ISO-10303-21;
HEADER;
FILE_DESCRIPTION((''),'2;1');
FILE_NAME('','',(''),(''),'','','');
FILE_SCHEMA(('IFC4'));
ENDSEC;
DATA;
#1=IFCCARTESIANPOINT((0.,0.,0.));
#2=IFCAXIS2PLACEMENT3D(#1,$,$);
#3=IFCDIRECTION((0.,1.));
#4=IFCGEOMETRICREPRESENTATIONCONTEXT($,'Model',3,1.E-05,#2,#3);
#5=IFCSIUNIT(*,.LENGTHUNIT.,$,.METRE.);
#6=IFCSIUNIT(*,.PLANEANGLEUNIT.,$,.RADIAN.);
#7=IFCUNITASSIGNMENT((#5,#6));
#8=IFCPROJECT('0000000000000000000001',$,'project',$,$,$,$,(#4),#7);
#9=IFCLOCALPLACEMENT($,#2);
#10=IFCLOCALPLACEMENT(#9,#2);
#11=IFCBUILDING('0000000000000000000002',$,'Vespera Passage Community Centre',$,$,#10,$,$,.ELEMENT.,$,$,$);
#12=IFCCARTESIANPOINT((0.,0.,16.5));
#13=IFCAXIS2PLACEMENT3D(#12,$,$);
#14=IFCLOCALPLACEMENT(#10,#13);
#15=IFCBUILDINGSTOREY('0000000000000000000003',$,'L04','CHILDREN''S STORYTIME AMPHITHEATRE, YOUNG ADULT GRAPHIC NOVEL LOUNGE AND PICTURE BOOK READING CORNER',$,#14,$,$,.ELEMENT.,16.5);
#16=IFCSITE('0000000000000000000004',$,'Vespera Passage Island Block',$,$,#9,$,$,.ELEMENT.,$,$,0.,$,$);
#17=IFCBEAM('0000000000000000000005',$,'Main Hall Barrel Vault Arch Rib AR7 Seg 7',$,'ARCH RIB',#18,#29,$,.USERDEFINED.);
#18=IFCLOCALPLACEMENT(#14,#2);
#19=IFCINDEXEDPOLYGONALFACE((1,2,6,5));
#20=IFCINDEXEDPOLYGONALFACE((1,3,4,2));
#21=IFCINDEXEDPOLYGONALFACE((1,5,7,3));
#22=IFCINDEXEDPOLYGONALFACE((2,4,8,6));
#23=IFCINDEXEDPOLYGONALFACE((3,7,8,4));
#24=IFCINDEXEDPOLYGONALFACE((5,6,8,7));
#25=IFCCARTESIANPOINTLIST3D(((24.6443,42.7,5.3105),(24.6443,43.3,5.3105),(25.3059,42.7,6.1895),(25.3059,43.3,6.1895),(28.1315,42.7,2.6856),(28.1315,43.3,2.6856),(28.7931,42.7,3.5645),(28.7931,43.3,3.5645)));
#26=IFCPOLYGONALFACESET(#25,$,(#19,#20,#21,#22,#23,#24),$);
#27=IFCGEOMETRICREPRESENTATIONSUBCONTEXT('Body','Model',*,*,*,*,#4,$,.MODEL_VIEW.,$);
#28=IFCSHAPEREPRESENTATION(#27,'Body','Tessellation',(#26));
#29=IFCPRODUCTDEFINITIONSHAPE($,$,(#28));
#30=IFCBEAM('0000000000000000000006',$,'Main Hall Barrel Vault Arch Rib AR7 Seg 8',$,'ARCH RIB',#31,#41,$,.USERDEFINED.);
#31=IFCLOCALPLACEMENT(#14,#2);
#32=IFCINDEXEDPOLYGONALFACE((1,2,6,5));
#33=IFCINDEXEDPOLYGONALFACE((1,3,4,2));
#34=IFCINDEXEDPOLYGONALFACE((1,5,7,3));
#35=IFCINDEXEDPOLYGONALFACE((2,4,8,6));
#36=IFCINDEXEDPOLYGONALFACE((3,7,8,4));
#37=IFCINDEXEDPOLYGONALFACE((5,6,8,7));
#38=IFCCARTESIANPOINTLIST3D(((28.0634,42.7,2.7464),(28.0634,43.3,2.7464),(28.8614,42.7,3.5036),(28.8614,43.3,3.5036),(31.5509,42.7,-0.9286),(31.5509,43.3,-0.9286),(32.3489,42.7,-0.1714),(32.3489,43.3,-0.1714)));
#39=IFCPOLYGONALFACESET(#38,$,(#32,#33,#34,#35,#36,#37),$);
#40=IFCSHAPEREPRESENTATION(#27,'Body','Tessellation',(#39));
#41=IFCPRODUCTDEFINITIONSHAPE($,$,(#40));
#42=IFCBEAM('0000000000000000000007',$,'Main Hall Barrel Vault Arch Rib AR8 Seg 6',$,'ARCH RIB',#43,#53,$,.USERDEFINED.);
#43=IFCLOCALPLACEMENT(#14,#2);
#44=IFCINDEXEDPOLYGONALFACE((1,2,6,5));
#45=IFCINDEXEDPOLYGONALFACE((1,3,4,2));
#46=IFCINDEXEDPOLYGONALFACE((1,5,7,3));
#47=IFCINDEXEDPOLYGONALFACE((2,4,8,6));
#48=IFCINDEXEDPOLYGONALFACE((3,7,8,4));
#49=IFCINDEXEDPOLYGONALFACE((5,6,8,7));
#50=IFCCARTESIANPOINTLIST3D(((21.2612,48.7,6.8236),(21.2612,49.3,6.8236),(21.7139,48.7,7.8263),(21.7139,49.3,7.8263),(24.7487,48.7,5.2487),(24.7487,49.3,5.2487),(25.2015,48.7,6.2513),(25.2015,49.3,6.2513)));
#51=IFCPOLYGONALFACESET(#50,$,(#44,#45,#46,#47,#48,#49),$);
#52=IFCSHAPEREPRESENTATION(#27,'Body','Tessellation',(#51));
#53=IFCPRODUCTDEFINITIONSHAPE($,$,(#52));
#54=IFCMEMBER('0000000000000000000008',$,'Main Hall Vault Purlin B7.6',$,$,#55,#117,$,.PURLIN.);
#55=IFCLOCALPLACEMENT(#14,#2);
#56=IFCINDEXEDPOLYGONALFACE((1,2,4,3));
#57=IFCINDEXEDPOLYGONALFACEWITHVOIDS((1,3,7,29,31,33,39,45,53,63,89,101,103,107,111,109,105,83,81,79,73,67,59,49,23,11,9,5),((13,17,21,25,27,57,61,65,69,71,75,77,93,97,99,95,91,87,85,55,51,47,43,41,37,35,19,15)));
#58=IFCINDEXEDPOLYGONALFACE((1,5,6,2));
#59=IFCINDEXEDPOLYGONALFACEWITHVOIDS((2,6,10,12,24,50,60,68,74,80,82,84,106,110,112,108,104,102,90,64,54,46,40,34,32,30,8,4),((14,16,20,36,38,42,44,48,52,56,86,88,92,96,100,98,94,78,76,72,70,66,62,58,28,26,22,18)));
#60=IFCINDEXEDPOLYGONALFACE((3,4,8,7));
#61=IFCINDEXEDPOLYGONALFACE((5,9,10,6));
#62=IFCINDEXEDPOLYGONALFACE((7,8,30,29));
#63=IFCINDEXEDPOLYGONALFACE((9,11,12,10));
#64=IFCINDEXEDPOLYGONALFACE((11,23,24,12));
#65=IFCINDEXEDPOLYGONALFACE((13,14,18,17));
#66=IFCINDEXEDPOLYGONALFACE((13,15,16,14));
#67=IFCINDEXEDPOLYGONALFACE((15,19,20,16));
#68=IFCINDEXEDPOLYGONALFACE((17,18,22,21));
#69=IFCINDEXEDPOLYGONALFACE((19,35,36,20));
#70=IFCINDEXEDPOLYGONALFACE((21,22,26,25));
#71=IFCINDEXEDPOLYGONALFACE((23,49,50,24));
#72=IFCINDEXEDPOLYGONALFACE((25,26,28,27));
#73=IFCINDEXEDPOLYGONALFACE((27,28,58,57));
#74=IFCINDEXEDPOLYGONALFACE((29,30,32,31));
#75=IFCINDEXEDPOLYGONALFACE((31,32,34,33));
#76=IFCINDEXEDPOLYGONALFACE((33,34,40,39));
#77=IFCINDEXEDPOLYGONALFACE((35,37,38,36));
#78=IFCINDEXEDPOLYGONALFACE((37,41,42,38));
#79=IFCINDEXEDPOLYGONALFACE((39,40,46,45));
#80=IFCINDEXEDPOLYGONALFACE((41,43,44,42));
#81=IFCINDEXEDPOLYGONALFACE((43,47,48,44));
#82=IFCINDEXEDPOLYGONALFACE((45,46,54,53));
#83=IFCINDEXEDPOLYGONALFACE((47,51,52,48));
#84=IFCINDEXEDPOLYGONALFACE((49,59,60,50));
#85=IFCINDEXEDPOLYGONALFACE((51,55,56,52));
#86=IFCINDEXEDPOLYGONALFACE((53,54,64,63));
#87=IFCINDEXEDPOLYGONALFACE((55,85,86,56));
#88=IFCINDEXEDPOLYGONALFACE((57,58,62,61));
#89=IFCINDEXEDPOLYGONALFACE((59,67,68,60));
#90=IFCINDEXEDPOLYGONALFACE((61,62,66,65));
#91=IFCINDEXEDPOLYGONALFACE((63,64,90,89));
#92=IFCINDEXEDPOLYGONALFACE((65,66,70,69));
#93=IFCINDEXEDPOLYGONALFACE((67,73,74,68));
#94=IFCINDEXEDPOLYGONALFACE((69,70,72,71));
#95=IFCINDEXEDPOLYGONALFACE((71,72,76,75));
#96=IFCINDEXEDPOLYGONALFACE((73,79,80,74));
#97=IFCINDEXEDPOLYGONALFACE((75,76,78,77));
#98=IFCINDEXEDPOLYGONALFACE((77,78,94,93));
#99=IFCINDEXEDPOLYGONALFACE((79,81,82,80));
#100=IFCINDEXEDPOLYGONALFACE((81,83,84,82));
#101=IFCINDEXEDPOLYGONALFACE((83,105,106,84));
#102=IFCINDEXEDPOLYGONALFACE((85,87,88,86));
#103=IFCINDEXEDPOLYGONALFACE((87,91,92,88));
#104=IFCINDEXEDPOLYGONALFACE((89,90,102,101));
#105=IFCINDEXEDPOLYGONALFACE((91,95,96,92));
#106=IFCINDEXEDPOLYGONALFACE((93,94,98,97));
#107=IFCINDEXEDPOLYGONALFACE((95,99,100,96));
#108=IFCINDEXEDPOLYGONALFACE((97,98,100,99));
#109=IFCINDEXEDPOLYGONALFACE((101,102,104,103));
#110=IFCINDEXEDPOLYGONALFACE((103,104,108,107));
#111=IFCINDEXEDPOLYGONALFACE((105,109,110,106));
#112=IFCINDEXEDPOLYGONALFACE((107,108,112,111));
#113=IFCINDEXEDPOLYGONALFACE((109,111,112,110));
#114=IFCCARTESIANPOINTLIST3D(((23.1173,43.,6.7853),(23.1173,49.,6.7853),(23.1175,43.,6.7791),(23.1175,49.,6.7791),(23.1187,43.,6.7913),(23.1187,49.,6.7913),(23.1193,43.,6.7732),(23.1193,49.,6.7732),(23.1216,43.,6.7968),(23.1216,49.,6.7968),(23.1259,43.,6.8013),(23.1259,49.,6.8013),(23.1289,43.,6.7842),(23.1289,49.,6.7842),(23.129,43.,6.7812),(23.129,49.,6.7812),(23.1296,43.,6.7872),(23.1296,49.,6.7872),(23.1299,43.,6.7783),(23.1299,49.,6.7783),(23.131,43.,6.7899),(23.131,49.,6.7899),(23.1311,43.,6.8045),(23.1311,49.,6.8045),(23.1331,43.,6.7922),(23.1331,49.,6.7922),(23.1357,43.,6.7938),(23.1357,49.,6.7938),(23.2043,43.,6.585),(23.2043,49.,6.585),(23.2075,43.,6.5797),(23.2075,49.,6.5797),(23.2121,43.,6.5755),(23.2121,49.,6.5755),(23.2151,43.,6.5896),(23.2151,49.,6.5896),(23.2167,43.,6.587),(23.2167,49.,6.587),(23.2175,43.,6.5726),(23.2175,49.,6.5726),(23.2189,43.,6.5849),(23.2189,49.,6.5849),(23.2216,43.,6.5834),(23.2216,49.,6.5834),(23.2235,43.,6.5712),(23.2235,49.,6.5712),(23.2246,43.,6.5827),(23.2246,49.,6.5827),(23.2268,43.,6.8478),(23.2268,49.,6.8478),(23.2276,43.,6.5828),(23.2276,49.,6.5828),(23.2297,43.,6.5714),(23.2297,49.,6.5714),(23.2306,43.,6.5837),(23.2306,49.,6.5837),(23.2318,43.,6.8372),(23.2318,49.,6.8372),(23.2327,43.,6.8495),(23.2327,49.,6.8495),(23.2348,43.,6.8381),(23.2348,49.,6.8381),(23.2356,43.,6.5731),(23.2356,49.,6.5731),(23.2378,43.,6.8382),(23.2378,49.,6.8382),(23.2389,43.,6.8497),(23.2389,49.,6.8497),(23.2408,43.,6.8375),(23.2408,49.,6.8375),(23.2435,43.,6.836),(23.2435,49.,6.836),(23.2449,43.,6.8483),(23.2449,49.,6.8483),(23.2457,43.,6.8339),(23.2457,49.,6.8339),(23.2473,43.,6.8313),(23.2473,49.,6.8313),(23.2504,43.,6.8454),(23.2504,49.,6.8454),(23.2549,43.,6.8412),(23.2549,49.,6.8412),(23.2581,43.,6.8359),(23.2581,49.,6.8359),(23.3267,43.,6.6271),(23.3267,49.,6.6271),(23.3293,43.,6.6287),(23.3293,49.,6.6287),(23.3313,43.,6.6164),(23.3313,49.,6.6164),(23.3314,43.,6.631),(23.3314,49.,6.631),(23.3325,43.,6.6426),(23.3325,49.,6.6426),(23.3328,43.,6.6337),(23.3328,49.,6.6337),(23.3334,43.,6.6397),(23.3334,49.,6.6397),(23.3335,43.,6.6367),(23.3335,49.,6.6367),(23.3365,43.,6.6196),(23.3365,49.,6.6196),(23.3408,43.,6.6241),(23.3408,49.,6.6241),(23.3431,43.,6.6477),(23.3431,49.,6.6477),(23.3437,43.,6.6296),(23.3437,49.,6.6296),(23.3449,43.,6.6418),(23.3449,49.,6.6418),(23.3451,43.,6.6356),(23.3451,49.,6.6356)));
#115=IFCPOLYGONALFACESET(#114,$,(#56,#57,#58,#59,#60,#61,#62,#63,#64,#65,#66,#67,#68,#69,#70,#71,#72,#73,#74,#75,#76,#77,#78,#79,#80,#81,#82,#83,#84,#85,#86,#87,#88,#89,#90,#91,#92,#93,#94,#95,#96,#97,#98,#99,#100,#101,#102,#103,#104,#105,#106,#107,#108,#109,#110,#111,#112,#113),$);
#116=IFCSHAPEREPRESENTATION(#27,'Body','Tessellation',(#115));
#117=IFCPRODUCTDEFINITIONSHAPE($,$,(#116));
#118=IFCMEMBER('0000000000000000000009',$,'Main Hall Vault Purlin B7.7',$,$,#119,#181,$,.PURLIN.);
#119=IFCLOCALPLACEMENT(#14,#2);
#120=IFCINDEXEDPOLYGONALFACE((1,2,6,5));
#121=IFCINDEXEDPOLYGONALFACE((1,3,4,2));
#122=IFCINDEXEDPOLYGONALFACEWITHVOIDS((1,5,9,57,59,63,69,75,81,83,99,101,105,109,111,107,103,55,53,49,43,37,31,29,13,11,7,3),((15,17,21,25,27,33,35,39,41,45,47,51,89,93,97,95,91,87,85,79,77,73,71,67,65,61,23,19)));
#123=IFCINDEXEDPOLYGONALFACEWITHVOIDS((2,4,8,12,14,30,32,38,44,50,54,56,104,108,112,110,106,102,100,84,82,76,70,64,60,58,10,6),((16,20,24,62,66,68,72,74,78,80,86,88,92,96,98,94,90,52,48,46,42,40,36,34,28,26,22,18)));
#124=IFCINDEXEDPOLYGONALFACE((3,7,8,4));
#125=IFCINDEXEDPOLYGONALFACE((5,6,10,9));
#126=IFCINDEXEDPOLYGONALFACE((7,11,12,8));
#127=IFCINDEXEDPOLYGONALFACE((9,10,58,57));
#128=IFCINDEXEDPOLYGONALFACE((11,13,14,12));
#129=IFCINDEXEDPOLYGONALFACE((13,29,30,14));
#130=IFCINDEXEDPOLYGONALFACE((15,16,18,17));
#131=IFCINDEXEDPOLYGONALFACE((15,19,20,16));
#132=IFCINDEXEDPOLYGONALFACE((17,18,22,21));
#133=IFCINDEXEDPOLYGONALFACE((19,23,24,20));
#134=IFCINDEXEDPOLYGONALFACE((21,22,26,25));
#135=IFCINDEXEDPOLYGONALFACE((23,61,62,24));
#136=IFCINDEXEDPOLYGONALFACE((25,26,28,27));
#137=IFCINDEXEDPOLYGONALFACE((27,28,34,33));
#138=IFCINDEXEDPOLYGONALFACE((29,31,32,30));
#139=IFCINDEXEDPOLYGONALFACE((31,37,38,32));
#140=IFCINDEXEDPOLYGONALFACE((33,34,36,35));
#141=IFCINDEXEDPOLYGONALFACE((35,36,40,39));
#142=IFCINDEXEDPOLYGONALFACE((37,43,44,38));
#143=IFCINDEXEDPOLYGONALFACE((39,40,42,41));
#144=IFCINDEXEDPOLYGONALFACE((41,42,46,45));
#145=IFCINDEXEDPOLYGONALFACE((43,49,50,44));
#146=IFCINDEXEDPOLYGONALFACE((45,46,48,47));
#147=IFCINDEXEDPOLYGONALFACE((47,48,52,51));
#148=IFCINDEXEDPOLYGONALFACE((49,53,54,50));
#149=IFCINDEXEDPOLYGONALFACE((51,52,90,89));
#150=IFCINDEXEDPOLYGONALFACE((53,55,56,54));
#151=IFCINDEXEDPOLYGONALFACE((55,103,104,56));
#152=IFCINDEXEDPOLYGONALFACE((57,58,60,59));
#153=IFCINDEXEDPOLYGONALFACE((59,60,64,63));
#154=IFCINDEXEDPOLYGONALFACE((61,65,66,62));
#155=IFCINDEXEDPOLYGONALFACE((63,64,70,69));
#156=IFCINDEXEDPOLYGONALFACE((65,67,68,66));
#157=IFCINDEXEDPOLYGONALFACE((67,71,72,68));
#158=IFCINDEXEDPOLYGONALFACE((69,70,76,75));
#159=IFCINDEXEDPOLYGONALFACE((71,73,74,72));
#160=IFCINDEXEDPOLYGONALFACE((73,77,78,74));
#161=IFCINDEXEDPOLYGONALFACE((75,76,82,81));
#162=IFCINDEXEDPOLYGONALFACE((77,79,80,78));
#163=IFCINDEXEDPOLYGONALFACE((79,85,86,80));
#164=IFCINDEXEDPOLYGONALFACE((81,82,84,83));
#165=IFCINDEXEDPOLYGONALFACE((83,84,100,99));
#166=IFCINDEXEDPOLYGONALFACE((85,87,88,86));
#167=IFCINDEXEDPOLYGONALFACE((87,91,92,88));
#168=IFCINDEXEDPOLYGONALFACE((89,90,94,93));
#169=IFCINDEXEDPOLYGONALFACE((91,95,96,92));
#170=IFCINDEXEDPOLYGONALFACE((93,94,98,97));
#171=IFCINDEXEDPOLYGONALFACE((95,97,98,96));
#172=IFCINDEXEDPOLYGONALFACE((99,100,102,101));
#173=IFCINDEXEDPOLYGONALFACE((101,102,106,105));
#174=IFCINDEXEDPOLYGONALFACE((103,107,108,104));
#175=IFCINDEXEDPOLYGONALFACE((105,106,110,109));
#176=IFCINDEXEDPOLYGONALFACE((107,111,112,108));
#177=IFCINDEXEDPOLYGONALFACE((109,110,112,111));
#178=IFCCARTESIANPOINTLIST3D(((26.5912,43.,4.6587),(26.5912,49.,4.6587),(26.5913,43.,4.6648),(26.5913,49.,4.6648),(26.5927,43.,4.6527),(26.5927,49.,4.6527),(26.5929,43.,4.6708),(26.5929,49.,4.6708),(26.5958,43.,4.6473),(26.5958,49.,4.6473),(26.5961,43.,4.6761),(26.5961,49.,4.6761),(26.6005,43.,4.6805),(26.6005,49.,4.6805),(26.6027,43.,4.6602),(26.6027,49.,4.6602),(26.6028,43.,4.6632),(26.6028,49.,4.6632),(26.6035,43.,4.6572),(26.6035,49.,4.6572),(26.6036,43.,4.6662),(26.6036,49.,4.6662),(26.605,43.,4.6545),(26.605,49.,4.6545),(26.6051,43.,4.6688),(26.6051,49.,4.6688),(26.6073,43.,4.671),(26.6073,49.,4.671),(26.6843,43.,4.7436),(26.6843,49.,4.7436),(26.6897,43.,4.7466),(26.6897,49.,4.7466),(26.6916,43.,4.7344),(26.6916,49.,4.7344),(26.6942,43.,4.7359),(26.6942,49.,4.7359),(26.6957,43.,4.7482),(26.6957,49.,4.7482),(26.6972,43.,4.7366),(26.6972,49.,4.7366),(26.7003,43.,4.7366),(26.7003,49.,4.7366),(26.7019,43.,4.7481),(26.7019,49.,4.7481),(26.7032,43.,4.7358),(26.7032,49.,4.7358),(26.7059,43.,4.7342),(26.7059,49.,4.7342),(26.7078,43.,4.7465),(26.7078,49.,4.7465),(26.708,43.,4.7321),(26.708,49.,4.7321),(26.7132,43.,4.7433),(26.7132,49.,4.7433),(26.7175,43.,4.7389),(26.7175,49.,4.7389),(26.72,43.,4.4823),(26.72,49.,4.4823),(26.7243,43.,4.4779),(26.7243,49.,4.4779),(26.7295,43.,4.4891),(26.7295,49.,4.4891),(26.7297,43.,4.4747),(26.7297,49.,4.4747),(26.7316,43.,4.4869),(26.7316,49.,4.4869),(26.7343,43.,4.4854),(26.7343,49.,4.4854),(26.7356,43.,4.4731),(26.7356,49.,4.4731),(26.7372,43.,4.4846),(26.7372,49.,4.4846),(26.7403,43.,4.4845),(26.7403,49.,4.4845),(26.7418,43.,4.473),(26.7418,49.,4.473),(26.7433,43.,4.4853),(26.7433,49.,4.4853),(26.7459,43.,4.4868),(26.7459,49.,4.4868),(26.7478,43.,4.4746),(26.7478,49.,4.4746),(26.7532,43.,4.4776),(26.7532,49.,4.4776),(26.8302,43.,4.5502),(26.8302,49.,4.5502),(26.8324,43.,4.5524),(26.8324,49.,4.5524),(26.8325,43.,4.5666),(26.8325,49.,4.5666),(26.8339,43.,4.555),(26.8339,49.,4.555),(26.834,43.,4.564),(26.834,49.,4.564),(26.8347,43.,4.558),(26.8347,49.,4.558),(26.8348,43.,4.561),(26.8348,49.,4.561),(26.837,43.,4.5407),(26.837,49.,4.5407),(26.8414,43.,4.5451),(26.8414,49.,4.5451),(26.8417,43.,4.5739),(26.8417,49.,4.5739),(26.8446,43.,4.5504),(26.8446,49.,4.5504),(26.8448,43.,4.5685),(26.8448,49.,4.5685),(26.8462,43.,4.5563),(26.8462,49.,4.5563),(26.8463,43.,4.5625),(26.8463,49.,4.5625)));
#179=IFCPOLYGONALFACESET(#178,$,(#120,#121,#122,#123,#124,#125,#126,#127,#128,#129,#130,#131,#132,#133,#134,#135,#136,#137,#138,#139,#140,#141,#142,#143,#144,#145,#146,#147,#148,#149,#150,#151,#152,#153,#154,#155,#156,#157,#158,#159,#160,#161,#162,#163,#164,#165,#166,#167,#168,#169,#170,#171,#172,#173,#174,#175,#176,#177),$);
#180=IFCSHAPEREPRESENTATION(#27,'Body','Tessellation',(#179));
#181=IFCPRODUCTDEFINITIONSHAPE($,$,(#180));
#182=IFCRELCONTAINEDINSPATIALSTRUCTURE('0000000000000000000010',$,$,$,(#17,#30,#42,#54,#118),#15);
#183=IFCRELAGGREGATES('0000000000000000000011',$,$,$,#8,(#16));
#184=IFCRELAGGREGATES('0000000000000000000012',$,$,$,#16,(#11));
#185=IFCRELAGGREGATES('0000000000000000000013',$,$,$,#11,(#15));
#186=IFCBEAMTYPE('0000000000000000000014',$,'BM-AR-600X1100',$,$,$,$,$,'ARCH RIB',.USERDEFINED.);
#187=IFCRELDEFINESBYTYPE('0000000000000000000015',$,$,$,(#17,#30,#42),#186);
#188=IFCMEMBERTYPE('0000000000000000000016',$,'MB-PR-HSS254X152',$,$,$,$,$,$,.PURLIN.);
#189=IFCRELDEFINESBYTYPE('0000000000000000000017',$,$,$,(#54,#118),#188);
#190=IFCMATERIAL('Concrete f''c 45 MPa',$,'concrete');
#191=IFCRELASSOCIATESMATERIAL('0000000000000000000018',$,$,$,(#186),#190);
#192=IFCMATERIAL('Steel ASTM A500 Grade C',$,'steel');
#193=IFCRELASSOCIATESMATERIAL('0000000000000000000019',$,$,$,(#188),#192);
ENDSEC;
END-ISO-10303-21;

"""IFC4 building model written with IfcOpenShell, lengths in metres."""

from ifc_helpers import new_model, si_unit, direction, frame, origin, origin_2d, place, context, subcontext, project, spatial, rectangle, hollow_rectangle, extrude, material, material_profile, profile_set, type_object, element, save


model = new_model("IFC4")

# Units and contexts
model_context = context("Model", 3, precision=1e-05, world=origin(), true_north=direction((0.0, 1.0)))
body_context = subcontext(model_context, "Body", "Model", "MODEL_VIEW")
ifc_project = project(units=[si_unit("LENGTHUNIT", "METRE"), si_unit("PLANEANGLEUNIT", "RADIAN")], contexts=[model_context])

# Site, building, storey
site_placement = place(None, origin())
site = spatial("IfcSite", under=ifc_project, at=site_placement, Name="Vespera Passage Island Block", CompositionType="ELEMENT", RefElevation=0.0)
building_placement = place(site_placement, origin())
building = spatial("IfcBuilding", under=site, at=building_placement, Name="Vespera Passage Community Centre", CompositionType="ELEMENT")
storey_placement = place(building_placement, frame((0.0, 0.0, 16.5)))
storey = spatial("IfcBuildingStorey", under=building, at=storey_placement, Name="L04", Description="CHILDREN'S STORYTIME AMPHITHEATRE, YOUNG ADULT GRAPHIC NOVEL LOUNGE AND PICTURE BOOK READING CORNER", CompositionType="ELEMENT", Elevation=16.5)

# Beams
ifc_material_1 = material(Name="Concrete f'c 45 MPa", Category="concrete")
ifc_material_profile_1 = material_profile(ifc_material_1, rectangle(XDim=0.6001, YDim=1.1001, at=origin_2d()), Name="RC600X1100")
ifc_profile_set_1 = profile_set([ifc_material_profile_1], Name="Concrete f'c 45 MPa")
beam_type = type_object("IfcBeamType", Name="BM-AR-600X1100", ElementType="ARCH RIB", PredefinedType="USERDEFINED", material=ifc_profile_set_1)
beam_1_placement = place(storey_placement, frame((24.9751, 43.0, 5.75), z_axis=(0.798952, 0.0, -0.601395), x_axis=(0.0, 1.0, 0.0)))
element("IfcBeam", 1, at=beam_1_placement, inside=storey, type_object=beam_type, Name="Main Hall Barrel Vault Arch Rib AR7 Seg 7", ObjectType="ARCH RIB", PredefinedType="USERDEFINED", context=body_context, shape_type="SweptSolid", body=[
    extrude(rectangle(XDim=0.6001, YDim=1.1001, at=origin_2d()), origin(), (0.0, 0.0, 1.0), 4.3647),
])
beam_2_placement = place(storey_placement, frame((28.4624, 43.0, 3.125), z_axis=(0.688361, 0.0, -0.725369), x_axis=(0.0, 1.0, 0.0)))
element("IfcBeam", 2, at=beam_2_placement, inside=storey, type_object=beam_type, Name="Main Hall Barrel Vault Arch Rib AR7 Seg 8", ObjectType="ARCH RIB", PredefinedType="USERDEFINED", context=body_context, shape_type="SweptSolid", body=[
    extrude(rectangle(XDim=0.6001, YDim=1.1001, at=origin_2d()), origin(), (0.0, 0.0, 1.0), 5.0664),
])
beam_3_placement = place(storey_placement, frame((21.4875, 49.0, 7.325), z_axis=(0.911378, 0.0, -0.411571), x_axis=(0.0, 1.0, 0.0)))
element("IfcBeam", 3, at=beam_3_placement, inside=storey, type_object=beam_type, Name="Main Hall Barrel Vault Arch Rib AR8 Seg 6", ObjectType="ARCH RIB", PredefinedType="USERDEFINED", context=body_context, shape_type="SweptSolid", body=[
    extrude(rectangle(XDim=0.6001, YDim=1.1001, at=origin_2d()), origin(), (0.0, 0.0, 1.0), 3.8267),
])

# Members
ifc_material_2 = material(Name="Steel ASTM A500 Grade C", Category="steel")
ifc_material_profile_2 = material_profile(ifc_material_2, hollow_rectangle(XDim=0.1523, YDim=0.2539, WallThickness=0.0117, InnerFilletRadius=0.0117, OuterFilletRadius=0.0237, at=origin_2d()), Name="HSS254X152X12.7")
ifc_profile_set_2 = profile_set([ifc_material_profile_2], Name="Steel ASTM A500 Grade C")
member_type_1 = type_object("IfcMemberType", Name="MB-PR-HSS254X152", PredefinedType="PURLIN", material=ifc_profile_set_2)
for number, where, z_axis, x_axis, name in (
    (4, (23.2312, 43.0, 6.7104), (0.0, 1.0, 0.0), (-0.911367, 0.0, -0.411594), "Main Hall Vault Purlin B7.6"),
    (5, (26.7188, 43.0, 4.6106), (0.0, 1.0, 0.0), (-0.798972, 0.0, -0.601369), "Main Hall Vault Purlin B7.7"),
):
    element("IfcMember", number, at=place(storey_placement, frame(where, z_axis=z_axis, x_axis=x_axis)), inside=storey, type_object=member_type_1, Name=name, PredefinedType="PURLIN", context=body_context, shape_type="SweptSolid", body=[
        extrude(hollow_rectangle(XDim=0.1523, YDim=0.2539, WallThickness=0.0117, InnerFilletRadius=0.0117, OuterFilletRadius=0.0237, at=origin_2d()), origin(), (0.0, 0.0, 1.0), 6.0),
    ])

save(model, "model.ifc")
